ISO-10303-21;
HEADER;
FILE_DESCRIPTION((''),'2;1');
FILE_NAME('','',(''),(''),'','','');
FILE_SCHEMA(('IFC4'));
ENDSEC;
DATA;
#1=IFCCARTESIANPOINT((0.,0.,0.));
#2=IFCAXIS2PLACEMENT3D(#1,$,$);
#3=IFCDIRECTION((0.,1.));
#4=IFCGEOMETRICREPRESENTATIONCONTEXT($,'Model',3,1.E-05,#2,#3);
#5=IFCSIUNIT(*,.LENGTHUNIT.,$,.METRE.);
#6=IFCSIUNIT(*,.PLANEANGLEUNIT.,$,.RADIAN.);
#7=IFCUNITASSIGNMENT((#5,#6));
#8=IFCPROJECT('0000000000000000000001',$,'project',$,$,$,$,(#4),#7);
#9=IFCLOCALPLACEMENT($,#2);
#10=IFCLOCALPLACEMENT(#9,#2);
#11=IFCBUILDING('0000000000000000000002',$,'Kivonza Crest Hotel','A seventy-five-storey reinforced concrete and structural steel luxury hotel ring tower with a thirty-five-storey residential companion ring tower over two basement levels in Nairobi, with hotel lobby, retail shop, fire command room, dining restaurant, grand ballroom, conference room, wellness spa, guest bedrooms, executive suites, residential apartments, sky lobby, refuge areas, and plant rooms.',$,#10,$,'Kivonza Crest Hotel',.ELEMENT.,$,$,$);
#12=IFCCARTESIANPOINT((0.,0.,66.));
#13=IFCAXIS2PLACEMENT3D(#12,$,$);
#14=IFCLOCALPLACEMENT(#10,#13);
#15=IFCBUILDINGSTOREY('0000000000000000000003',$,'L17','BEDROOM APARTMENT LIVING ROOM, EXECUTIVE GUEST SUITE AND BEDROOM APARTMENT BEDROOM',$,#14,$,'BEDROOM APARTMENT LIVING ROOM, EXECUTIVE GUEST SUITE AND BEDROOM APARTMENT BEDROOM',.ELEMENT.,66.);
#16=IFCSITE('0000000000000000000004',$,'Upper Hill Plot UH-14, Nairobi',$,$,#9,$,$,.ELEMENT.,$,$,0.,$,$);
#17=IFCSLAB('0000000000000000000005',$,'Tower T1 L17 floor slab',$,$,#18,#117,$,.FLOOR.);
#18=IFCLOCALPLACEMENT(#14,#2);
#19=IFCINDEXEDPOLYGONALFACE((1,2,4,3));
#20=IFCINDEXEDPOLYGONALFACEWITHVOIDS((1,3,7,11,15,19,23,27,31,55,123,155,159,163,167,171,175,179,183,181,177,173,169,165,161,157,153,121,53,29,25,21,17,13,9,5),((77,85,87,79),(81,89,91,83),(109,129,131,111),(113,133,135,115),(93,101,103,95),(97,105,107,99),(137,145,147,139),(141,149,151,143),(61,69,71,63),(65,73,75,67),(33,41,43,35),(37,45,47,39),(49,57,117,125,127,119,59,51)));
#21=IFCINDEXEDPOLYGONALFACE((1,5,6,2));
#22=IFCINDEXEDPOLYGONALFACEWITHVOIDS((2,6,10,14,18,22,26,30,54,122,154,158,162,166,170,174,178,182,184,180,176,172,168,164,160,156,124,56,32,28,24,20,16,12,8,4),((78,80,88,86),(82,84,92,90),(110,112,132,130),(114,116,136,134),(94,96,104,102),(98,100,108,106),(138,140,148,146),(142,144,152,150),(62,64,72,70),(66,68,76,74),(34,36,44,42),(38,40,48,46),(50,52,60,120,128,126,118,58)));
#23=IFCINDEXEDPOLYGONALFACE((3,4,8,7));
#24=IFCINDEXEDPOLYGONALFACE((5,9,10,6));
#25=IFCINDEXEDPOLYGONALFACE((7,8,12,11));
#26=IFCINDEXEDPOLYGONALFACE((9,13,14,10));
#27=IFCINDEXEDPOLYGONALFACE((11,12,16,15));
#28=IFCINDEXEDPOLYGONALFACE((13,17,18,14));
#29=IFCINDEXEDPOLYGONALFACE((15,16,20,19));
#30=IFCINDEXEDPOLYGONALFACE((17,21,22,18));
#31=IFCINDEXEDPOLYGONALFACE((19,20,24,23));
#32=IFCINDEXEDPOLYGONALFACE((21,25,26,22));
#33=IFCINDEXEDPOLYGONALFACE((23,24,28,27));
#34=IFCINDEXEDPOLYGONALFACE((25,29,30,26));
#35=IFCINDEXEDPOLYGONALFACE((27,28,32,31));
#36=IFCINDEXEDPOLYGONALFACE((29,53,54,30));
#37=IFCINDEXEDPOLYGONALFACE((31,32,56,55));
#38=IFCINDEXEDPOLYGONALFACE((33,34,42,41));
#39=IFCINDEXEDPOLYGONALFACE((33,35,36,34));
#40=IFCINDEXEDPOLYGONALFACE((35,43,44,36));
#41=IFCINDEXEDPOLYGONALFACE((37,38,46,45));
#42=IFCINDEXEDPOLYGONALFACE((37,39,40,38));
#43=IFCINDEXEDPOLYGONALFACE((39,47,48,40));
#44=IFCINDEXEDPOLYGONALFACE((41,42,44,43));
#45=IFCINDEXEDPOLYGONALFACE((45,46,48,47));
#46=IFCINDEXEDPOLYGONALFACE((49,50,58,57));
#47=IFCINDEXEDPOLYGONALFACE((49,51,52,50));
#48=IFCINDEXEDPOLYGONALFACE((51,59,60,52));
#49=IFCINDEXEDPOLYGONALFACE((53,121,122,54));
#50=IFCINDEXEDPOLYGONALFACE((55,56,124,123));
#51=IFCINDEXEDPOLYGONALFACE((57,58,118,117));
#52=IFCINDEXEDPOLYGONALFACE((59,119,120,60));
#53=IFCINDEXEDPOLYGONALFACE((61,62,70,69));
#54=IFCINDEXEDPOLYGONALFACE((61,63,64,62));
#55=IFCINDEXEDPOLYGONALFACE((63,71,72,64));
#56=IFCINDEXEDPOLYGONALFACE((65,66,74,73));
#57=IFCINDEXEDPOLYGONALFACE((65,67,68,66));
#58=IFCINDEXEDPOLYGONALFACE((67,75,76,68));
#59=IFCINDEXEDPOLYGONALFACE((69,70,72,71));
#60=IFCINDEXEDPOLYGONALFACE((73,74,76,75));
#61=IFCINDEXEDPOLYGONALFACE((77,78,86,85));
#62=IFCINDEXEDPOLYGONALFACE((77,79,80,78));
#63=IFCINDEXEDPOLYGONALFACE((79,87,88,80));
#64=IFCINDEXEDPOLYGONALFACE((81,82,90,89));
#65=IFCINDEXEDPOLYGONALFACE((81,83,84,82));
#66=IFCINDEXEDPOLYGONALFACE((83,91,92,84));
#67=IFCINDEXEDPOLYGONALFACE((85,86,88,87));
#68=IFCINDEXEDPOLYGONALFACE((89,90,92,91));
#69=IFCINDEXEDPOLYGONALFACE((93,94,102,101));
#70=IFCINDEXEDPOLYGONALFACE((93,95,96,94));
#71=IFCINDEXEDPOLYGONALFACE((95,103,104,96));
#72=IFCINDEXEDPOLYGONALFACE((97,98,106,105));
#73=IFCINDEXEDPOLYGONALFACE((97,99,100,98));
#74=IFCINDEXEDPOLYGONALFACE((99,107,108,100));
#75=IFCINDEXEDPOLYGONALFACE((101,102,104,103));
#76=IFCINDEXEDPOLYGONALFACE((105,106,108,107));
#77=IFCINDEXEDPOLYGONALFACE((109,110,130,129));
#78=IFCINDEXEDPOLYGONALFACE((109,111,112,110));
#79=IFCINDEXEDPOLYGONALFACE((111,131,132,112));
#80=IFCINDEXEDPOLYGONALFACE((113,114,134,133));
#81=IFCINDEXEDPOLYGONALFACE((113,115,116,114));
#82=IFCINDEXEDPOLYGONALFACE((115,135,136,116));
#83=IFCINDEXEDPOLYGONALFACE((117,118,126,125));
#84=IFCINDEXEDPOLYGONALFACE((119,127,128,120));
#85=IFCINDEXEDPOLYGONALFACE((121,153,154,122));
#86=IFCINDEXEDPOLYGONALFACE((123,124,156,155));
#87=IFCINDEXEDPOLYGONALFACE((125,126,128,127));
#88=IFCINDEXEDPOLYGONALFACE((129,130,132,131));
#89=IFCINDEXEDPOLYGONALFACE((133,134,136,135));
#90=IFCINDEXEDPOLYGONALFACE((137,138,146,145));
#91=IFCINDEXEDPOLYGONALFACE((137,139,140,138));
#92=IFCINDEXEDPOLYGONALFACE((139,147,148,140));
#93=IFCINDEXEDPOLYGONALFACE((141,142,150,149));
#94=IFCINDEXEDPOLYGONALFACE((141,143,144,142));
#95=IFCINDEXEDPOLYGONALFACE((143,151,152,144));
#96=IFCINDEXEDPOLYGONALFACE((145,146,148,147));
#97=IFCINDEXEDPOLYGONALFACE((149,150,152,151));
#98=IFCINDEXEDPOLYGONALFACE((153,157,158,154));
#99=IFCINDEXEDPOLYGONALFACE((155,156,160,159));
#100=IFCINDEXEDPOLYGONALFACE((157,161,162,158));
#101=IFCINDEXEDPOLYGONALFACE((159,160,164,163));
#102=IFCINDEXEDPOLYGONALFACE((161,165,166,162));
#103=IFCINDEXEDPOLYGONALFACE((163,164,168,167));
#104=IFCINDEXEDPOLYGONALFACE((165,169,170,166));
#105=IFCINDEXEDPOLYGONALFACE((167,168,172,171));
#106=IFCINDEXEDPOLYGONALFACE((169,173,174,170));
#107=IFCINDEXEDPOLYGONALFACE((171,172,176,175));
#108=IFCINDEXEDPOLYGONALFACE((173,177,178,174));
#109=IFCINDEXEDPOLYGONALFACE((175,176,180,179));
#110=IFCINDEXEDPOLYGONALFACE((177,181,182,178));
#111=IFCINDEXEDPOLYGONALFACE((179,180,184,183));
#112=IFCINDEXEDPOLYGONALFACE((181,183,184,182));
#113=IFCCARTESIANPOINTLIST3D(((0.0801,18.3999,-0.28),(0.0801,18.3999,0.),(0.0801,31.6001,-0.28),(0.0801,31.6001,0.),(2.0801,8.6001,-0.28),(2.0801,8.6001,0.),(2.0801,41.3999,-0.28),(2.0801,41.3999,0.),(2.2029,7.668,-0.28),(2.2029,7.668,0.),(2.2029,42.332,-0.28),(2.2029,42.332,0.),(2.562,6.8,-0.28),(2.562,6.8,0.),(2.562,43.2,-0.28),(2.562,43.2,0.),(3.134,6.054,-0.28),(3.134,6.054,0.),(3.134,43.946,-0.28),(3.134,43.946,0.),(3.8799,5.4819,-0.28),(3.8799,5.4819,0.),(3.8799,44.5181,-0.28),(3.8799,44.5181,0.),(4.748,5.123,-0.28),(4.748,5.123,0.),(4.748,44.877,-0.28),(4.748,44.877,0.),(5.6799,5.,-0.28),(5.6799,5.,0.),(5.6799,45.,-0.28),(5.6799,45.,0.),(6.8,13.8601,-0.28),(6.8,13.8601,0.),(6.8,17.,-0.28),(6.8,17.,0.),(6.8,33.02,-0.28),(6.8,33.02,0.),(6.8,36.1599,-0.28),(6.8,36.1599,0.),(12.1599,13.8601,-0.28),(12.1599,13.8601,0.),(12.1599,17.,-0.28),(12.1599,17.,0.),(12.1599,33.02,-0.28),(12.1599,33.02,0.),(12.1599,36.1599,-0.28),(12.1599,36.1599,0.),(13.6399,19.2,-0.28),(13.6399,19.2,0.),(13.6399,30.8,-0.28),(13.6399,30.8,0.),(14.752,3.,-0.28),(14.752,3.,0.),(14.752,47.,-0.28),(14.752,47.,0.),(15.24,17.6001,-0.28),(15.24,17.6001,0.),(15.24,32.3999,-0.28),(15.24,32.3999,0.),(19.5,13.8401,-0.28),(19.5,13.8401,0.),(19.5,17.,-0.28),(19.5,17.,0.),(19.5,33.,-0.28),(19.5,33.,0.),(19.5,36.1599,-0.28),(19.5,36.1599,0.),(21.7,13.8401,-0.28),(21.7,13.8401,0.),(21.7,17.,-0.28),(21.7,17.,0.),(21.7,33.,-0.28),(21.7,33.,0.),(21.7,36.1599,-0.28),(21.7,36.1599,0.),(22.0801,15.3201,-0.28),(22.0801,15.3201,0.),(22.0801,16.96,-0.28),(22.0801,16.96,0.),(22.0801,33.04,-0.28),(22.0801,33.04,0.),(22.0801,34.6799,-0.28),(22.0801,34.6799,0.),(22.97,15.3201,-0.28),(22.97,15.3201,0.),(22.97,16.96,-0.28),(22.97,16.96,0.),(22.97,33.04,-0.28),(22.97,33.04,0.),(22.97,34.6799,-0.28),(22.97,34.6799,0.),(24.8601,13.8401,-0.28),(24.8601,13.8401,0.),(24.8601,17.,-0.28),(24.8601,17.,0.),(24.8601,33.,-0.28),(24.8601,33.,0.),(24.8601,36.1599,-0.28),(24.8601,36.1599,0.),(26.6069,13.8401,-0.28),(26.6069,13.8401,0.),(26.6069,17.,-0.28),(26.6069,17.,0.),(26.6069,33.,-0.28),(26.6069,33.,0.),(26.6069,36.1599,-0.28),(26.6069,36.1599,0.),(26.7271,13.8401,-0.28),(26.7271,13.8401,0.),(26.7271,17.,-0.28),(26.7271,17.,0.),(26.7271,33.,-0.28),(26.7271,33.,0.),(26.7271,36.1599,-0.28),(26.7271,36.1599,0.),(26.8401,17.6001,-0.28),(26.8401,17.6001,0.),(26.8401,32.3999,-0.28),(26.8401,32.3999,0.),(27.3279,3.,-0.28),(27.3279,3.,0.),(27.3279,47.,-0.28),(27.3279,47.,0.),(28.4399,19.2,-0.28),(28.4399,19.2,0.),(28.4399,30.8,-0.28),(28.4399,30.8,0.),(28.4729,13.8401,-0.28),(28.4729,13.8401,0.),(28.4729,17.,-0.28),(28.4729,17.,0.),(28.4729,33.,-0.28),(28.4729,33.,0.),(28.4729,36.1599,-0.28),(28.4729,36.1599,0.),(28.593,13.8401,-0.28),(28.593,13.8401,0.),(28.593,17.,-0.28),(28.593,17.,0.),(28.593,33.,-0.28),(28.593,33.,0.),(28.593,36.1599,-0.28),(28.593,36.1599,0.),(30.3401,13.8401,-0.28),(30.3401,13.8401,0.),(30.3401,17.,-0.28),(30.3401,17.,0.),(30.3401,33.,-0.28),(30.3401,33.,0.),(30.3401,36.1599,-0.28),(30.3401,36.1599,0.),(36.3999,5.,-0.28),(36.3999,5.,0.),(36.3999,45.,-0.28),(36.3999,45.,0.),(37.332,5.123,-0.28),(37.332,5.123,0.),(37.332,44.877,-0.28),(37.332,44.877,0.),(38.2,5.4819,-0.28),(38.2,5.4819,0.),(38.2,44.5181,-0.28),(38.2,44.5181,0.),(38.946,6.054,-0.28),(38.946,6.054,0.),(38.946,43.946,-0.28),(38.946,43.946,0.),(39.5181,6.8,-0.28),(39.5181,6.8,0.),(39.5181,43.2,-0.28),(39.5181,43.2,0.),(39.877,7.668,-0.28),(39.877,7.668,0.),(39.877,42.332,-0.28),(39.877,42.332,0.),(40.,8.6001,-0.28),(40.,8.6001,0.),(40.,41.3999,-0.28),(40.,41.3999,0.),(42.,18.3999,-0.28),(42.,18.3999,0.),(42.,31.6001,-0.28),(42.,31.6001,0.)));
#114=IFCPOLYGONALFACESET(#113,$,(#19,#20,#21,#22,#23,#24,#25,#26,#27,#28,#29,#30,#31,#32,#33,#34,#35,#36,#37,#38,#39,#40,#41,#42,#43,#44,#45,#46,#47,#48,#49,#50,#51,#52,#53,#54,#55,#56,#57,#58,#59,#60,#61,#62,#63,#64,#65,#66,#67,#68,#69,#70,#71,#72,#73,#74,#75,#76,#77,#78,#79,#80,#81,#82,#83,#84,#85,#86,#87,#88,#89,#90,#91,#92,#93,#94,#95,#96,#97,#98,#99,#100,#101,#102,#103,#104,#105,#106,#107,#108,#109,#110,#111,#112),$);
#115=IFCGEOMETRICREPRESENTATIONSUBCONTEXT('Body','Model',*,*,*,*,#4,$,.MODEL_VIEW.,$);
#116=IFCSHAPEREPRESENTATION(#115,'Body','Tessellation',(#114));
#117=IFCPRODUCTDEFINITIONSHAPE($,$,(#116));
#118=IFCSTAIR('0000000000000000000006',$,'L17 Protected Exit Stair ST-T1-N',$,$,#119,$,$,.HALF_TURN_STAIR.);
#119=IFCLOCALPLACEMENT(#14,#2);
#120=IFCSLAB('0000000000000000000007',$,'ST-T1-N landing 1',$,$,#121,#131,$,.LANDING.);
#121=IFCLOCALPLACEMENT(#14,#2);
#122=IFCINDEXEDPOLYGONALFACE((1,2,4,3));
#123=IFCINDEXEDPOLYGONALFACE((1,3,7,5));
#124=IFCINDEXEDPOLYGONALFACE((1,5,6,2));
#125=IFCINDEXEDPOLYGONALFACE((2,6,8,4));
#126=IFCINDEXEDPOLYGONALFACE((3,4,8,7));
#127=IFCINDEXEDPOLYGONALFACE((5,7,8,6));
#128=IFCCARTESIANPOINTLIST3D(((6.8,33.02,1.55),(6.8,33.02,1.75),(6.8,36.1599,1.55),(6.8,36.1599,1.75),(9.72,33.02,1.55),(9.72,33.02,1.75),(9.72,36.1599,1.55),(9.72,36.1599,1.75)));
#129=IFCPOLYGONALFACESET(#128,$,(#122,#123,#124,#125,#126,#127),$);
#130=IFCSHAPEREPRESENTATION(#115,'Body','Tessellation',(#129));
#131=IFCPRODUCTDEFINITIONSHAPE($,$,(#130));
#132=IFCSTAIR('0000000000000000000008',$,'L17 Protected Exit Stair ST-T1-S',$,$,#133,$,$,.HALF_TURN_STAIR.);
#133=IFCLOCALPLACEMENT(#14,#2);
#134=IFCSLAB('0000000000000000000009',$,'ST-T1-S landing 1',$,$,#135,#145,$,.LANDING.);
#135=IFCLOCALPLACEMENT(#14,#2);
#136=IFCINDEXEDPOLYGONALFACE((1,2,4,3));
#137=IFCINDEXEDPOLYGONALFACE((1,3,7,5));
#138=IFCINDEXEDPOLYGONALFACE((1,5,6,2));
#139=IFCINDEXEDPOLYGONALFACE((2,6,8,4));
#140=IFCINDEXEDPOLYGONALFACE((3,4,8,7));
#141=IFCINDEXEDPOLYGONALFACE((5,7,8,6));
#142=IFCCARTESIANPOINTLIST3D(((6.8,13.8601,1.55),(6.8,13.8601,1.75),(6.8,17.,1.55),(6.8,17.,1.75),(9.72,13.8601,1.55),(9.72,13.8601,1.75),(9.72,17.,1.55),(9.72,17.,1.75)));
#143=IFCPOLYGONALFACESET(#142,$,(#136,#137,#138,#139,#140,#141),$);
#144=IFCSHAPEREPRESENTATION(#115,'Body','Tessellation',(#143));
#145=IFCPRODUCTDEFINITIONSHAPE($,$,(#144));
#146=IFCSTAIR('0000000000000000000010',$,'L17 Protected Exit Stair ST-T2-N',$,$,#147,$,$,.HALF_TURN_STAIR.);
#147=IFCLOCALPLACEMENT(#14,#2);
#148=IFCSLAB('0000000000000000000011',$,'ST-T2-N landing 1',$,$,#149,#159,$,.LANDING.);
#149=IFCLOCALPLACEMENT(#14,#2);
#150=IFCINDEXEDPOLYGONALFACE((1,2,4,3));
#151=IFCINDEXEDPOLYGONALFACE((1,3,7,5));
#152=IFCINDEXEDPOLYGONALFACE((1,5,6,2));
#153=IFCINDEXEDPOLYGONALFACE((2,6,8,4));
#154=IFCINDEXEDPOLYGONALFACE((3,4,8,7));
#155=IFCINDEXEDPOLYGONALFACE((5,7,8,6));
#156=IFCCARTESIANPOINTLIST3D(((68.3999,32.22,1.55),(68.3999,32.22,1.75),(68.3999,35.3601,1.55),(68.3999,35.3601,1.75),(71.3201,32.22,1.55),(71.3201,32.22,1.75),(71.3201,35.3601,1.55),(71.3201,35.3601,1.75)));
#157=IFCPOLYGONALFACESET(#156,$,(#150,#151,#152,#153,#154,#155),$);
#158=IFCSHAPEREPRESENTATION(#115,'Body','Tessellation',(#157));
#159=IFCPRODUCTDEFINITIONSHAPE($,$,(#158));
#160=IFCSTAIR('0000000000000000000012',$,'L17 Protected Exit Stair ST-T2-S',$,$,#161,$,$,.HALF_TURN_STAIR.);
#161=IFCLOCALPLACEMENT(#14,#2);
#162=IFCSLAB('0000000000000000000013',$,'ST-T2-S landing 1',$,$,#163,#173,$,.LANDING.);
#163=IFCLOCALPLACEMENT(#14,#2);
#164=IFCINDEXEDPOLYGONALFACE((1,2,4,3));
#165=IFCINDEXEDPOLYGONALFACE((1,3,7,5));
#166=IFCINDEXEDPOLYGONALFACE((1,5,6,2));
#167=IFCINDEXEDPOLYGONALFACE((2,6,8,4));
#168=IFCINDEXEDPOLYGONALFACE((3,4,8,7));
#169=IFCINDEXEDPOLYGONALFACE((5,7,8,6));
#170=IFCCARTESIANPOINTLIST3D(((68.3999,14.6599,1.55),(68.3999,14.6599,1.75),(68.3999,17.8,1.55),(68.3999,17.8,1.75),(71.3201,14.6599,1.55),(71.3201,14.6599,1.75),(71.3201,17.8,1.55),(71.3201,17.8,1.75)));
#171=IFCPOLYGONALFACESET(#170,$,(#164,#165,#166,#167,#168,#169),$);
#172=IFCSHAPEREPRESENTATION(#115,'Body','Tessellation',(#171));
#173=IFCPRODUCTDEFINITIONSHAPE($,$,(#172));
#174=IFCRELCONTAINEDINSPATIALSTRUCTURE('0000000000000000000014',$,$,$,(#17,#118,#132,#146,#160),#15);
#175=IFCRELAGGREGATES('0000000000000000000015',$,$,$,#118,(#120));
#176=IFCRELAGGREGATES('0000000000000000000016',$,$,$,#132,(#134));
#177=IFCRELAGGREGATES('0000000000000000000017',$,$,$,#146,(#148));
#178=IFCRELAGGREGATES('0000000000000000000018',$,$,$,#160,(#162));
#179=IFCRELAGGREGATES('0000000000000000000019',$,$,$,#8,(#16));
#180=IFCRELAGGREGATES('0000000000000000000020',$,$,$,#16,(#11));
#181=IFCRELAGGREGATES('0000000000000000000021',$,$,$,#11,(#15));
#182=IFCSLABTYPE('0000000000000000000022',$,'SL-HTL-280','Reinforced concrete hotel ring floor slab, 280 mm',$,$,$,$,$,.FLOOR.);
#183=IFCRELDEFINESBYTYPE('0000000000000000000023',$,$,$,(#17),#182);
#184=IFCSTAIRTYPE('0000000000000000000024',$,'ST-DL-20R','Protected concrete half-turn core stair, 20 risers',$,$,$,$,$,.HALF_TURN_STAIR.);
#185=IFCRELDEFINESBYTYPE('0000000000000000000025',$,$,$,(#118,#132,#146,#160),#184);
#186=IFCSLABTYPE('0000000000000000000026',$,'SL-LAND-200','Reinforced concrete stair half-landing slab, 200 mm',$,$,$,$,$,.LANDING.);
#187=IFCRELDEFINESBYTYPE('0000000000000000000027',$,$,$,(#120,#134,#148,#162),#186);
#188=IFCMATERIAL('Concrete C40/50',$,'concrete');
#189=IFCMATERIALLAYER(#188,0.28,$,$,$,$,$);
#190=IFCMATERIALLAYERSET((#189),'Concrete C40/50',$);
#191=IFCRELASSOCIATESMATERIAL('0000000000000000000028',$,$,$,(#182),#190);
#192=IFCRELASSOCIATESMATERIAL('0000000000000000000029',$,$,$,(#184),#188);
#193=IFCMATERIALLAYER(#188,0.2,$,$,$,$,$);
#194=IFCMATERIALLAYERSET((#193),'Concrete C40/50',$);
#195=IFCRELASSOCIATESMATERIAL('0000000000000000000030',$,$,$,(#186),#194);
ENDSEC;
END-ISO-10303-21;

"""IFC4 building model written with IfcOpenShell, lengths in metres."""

from ifc_helpers import new_model, si_unit, direction, frame, origin, place, context, subcontext, project, spatial, polyline, outline, extrude, material, layer, layer_set, type_object, element, aggregate, save


model = new_model("IFC4")

# Units and contexts
model_context = context("Model", 3, precision=1e-05, world=origin(), true_north=direction((0.0, 1.0)))
body_context = subcontext(model_context, "Body", "Model", "MODEL_VIEW")
ifc_project = project(units=[si_unit("LENGTHUNIT", "METRE"), si_unit("PLANEANGLEUNIT", "RADIAN")], contexts=[model_context])

# Site, building, storey
site_placement = place(None, origin())
site = spatial("IfcSite", under=ifc_project, at=site_placement, Name="Upper Hill Plot UH-14, Nairobi", CompositionType="ELEMENT", RefElevation=0.0)
building_placement = place(site_placement, origin())
building = spatial("IfcBuilding", under=site, at=building_placement, Name="Kivonza Crest Hotel", Description="A seventy-five-storey reinforced concrete and structural steel luxury hotel ring tower with a thirty-five-storey residential companion ring tower over two basement levels in Nairobi, with hotel lobby, retail shop, fire command room, dining restaurant, grand ballroom, conference room, wellness spa, guest bedrooms, executive suites, residential apartments, sky lobby, refuge areas, and plant rooms.", LongName="Kivonza Crest Hotel", CompositionType="ELEMENT")
storey_placement = place(building_placement, frame((0.0, 0.0, 66.0)))
storey = spatial("IfcBuildingStorey", under=building, at=storey_placement, Name="L17", Description="BEDROOM APARTMENT LIVING ROOM, EXECUTIVE GUEST SUITE AND BEDROOM APARTMENT BEDROOM", LongName="BEDROOM APARTMENT LIVING ROOM, EXECUTIVE GUEST SUITE AND BEDROOM APARTMENT BEDROOM", CompositionType="ELEMENT", Elevation=66.0)

# Slab
ifc_material_1 = material(Name="Concrete C40/50", Category="concrete")
ifc_layer_1 = layer(ifc_material_1, 0.28)
ifc_layer_set_1 = layer_set([ifc_layer_1], Name="Concrete C40/50")
slab_type_1 = type_object("IfcSlabType", Name="SL-HTL-280", Description="Reinforced concrete hotel ring floor slab, 280 mm", PredefinedType="FLOOR", material=ifc_layer_set_1)
slab_1_placement = place(storey_placement, frame((0.0, 0.0, -0.28)))
element("IfcSlab", 1, at=slab_1_placement, inside=storey, type_object=slab_type_1, Name="Tower T1 L17 floor slab", PredefinedType="FLOOR", context=body_context, shape_type="SweptSolid", body=[
    extrude(outline(polyline([(2.0801, 8.6001), (2.2029, 7.668), (2.562, 6.8), (3.134, 6.054), (3.8799, 5.4819), (4.748, 5.123), (5.6799, 5.0), (14.752, 3.0), (27.3279, 3.0), (36.3999, 5.0), (37.332, 5.123), (38.2, 5.4819), (38.946, 6.054), (39.5181, 6.8), (39.877, 7.668), (40.0, 8.6001), (42.0, 18.3999), (42.0, 31.6001), (40.0, 41.3999), (39.877, 42.332), (39.5181, 43.2), (38.946, 43.946), (38.2, 44.5181), (37.332, 44.877), (36.3999, 45.0), (27.3279, 47.0), (14.752, 47.0), (5.6799, 45.0), (4.748, 44.877), (3.8799, 44.5181), (3.134, 43.946), (2.562, 43.2), (2.2029, 42.332), (2.0801, 41.3999), (0.0801, 31.6001), (0.0801, 18.3999), (2.0801, 8.6001)]), holes=[polyline([(15.24, 17.6001), (26.8401, 17.6001), (28.4399, 19.2), (28.4399, 30.8), (26.8401, 32.3999), (15.24, 32.3999), (13.6399, 30.8), (13.6399, 19.2), (15.24, 17.6001)]), polyline([(6.8, 33.02), (12.1599, 33.02), (12.1599, 36.1599), (6.8, 36.1599), (6.8, 33.02)]), polyline([(6.8, 13.8601), (12.1599, 13.8601), (12.1599, 17.0), (6.8, 17.0), (6.8, 13.8601)]), polyline([(22.0801, 33.04), (22.97, 33.04), (22.97, 34.6799), (22.0801, 34.6799), (22.0801, 33.04)]), polyline([(22.0801, 15.3201), (22.97, 15.3201), (22.97, 16.96), (22.0801, 16.96), (22.0801, 15.3201)]), polyline([(19.5, 33.0), (21.7, 33.0), (21.7, 36.1599), (19.5, 36.1599), (19.5, 33.0)]), polyline([(24.8601, 33.0), (26.6069, 33.0), (26.6069, 36.1599), (24.8601, 36.1599), (24.8601, 33.0)]), polyline([(26.7271, 33.0), (28.4729, 33.0), (28.4729, 36.1599), (26.7271, 36.1599), (26.7271, 33.0)]), polyline([(28.593, 33.0), (30.3401, 33.0), (30.3401, 36.1599), (28.593, 36.1599), (28.593, 33.0)]), polyline([(19.5, 13.8401), (21.7, 13.8401), (21.7, 17.0), (19.5, 17.0), (19.5, 13.8401)]), polyline([(24.8601, 13.8401), (26.6069, 13.8401), (26.6069, 17.0), (24.8601, 17.0), (24.8601, 13.8401)]), polyline([(26.7271, 13.8401), (28.4729, 13.8401), (28.4729, 17.0), (26.7271, 17.0), (26.7271, 13.8401)]), polyline([(28.593, 13.8401), (30.3401, 13.8401), (30.3401, 17.0), (28.593, 17.0), (28.593, 13.8401)])]), origin(), (0.0, 0.0, 1.0), 0.28),
])

# Stairs, slabs
stair_type = type_object("IfcStairType", Name="ST-DL-20R", Description="Protected concrete half-turn core stair, 20 risers", PredefinedType="HALF_TURN_STAIR", material=ifc_material_1)
stair_1_placement = place(storey_placement, origin())
stair_1 = element("IfcStair", 2, at=stair_1_placement, inside=storey, type_object=stair_type, Name="L17 Protected Exit Stair ST-T1-N", PredefinedType="HALF_TURN_STAIR")
ifc_layer_2 = layer(ifc_material_1, 0.2)
ifc_layer_set_2 = layer_set([ifc_layer_2], Name="Concrete C40/50")
slab_type_2 = type_object("IfcSlabType", Name="SL-LAND-200", Description="Reinforced concrete stair half-landing slab, 200 mm", PredefinedType="LANDING", material=ifc_layer_set_2)
slab_2_placement = place(storey_placement, frame((0.0, 0.0, 1.55)))
slab_2 = element("IfcSlab", 3, at=slab_2_placement, type_object=slab_type_2, Name="ST-T1-N landing 1", PredefinedType="LANDING", context=body_context, shape_type="SweptSolid", body=[
    extrude(outline(polyline([(9.72, 36.1599), (6.8, 36.1599), (6.8, 33.02), (9.72, 33.02), (9.72, 36.1599)])), origin(), (0.0, 0.0, 1.0), 0.2),
])
aggregate(stair_1, [slab_2])
stair_2_placement = place(storey_placement, origin())
stair_2 = element("IfcStair", 4, at=stair_2_placement, inside=storey, type_object=stair_type, Name="L17 Protected Exit Stair ST-T1-S", PredefinedType="HALF_TURN_STAIR")
slab_3_placement = place(storey_placement, frame((0.0, 0.0, 1.55)))
slab_3 = element("IfcSlab", 5, at=slab_3_placement, type_object=slab_type_2, Name="ST-T1-S landing 1", PredefinedType="LANDING", context=body_context, shape_type="SweptSolid", body=[
    extrude(outline(polyline([(9.72, 17.0), (6.8, 17.0), (6.8, 13.8601), (9.72, 13.8601), (9.72, 17.0)])), origin(), (0.0, 0.0, 1.0), 0.2),
])
aggregate(stair_2, [slab_3])
stair_3_placement = place(storey_placement, origin())
stair_3 = element("IfcStair", 6, at=stair_3_placement, inside=storey, type_object=stair_type, Name="L17 Protected Exit Stair ST-T2-N", PredefinedType="HALF_TURN_STAIR")
slab_4_placement = place(storey_placement, frame((0.0, 0.0, 1.55)))
slab_4 = element("IfcSlab", 7, at=slab_4_placement, type_object=slab_type_2, Name="ST-T2-N landing 1", PredefinedType="LANDING", context=body_context, shape_type="SweptSolid", body=[
    extrude(outline(polyline([(71.3201, 35.3601), (68.3999, 35.3601), (68.3999, 32.22), (71.3201, 32.22), (71.3201, 35.3601)])), origin(), (0.0, 0.0, 1.0), 0.2),
])
aggregate(stair_3, [slab_4])
stair_4_placement = place(storey_placement, origin())
stair_4 = element("IfcStair", 8, at=stair_4_placement, inside=storey, type_object=stair_type, Name="L17 Protected Exit Stair ST-T2-S", PredefinedType="HALF_TURN_STAIR")
slab_5_placement = place(storey_placement, frame((0.0, 0.0, 1.55)))
slab_5 = element("IfcSlab", 9, at=slab_5_placement, type_object=slab_type_2, Name="ST-T2-S landing 1", PredefinedType="LANDING", context=body_context, shape_type="SweptSolid", body=[
    extrude(outline(polyline([(71.3201, 17.8), (68.3999, 17.8), (68.3999, 14.6599), (71.3201, 14.6599), (71.3201, 17.8)])), origin(), (0.0, 0.0, 1.0), 0.2),
])
aggregate(stair_4, [slab_5])

save(model, "model.ifc")
